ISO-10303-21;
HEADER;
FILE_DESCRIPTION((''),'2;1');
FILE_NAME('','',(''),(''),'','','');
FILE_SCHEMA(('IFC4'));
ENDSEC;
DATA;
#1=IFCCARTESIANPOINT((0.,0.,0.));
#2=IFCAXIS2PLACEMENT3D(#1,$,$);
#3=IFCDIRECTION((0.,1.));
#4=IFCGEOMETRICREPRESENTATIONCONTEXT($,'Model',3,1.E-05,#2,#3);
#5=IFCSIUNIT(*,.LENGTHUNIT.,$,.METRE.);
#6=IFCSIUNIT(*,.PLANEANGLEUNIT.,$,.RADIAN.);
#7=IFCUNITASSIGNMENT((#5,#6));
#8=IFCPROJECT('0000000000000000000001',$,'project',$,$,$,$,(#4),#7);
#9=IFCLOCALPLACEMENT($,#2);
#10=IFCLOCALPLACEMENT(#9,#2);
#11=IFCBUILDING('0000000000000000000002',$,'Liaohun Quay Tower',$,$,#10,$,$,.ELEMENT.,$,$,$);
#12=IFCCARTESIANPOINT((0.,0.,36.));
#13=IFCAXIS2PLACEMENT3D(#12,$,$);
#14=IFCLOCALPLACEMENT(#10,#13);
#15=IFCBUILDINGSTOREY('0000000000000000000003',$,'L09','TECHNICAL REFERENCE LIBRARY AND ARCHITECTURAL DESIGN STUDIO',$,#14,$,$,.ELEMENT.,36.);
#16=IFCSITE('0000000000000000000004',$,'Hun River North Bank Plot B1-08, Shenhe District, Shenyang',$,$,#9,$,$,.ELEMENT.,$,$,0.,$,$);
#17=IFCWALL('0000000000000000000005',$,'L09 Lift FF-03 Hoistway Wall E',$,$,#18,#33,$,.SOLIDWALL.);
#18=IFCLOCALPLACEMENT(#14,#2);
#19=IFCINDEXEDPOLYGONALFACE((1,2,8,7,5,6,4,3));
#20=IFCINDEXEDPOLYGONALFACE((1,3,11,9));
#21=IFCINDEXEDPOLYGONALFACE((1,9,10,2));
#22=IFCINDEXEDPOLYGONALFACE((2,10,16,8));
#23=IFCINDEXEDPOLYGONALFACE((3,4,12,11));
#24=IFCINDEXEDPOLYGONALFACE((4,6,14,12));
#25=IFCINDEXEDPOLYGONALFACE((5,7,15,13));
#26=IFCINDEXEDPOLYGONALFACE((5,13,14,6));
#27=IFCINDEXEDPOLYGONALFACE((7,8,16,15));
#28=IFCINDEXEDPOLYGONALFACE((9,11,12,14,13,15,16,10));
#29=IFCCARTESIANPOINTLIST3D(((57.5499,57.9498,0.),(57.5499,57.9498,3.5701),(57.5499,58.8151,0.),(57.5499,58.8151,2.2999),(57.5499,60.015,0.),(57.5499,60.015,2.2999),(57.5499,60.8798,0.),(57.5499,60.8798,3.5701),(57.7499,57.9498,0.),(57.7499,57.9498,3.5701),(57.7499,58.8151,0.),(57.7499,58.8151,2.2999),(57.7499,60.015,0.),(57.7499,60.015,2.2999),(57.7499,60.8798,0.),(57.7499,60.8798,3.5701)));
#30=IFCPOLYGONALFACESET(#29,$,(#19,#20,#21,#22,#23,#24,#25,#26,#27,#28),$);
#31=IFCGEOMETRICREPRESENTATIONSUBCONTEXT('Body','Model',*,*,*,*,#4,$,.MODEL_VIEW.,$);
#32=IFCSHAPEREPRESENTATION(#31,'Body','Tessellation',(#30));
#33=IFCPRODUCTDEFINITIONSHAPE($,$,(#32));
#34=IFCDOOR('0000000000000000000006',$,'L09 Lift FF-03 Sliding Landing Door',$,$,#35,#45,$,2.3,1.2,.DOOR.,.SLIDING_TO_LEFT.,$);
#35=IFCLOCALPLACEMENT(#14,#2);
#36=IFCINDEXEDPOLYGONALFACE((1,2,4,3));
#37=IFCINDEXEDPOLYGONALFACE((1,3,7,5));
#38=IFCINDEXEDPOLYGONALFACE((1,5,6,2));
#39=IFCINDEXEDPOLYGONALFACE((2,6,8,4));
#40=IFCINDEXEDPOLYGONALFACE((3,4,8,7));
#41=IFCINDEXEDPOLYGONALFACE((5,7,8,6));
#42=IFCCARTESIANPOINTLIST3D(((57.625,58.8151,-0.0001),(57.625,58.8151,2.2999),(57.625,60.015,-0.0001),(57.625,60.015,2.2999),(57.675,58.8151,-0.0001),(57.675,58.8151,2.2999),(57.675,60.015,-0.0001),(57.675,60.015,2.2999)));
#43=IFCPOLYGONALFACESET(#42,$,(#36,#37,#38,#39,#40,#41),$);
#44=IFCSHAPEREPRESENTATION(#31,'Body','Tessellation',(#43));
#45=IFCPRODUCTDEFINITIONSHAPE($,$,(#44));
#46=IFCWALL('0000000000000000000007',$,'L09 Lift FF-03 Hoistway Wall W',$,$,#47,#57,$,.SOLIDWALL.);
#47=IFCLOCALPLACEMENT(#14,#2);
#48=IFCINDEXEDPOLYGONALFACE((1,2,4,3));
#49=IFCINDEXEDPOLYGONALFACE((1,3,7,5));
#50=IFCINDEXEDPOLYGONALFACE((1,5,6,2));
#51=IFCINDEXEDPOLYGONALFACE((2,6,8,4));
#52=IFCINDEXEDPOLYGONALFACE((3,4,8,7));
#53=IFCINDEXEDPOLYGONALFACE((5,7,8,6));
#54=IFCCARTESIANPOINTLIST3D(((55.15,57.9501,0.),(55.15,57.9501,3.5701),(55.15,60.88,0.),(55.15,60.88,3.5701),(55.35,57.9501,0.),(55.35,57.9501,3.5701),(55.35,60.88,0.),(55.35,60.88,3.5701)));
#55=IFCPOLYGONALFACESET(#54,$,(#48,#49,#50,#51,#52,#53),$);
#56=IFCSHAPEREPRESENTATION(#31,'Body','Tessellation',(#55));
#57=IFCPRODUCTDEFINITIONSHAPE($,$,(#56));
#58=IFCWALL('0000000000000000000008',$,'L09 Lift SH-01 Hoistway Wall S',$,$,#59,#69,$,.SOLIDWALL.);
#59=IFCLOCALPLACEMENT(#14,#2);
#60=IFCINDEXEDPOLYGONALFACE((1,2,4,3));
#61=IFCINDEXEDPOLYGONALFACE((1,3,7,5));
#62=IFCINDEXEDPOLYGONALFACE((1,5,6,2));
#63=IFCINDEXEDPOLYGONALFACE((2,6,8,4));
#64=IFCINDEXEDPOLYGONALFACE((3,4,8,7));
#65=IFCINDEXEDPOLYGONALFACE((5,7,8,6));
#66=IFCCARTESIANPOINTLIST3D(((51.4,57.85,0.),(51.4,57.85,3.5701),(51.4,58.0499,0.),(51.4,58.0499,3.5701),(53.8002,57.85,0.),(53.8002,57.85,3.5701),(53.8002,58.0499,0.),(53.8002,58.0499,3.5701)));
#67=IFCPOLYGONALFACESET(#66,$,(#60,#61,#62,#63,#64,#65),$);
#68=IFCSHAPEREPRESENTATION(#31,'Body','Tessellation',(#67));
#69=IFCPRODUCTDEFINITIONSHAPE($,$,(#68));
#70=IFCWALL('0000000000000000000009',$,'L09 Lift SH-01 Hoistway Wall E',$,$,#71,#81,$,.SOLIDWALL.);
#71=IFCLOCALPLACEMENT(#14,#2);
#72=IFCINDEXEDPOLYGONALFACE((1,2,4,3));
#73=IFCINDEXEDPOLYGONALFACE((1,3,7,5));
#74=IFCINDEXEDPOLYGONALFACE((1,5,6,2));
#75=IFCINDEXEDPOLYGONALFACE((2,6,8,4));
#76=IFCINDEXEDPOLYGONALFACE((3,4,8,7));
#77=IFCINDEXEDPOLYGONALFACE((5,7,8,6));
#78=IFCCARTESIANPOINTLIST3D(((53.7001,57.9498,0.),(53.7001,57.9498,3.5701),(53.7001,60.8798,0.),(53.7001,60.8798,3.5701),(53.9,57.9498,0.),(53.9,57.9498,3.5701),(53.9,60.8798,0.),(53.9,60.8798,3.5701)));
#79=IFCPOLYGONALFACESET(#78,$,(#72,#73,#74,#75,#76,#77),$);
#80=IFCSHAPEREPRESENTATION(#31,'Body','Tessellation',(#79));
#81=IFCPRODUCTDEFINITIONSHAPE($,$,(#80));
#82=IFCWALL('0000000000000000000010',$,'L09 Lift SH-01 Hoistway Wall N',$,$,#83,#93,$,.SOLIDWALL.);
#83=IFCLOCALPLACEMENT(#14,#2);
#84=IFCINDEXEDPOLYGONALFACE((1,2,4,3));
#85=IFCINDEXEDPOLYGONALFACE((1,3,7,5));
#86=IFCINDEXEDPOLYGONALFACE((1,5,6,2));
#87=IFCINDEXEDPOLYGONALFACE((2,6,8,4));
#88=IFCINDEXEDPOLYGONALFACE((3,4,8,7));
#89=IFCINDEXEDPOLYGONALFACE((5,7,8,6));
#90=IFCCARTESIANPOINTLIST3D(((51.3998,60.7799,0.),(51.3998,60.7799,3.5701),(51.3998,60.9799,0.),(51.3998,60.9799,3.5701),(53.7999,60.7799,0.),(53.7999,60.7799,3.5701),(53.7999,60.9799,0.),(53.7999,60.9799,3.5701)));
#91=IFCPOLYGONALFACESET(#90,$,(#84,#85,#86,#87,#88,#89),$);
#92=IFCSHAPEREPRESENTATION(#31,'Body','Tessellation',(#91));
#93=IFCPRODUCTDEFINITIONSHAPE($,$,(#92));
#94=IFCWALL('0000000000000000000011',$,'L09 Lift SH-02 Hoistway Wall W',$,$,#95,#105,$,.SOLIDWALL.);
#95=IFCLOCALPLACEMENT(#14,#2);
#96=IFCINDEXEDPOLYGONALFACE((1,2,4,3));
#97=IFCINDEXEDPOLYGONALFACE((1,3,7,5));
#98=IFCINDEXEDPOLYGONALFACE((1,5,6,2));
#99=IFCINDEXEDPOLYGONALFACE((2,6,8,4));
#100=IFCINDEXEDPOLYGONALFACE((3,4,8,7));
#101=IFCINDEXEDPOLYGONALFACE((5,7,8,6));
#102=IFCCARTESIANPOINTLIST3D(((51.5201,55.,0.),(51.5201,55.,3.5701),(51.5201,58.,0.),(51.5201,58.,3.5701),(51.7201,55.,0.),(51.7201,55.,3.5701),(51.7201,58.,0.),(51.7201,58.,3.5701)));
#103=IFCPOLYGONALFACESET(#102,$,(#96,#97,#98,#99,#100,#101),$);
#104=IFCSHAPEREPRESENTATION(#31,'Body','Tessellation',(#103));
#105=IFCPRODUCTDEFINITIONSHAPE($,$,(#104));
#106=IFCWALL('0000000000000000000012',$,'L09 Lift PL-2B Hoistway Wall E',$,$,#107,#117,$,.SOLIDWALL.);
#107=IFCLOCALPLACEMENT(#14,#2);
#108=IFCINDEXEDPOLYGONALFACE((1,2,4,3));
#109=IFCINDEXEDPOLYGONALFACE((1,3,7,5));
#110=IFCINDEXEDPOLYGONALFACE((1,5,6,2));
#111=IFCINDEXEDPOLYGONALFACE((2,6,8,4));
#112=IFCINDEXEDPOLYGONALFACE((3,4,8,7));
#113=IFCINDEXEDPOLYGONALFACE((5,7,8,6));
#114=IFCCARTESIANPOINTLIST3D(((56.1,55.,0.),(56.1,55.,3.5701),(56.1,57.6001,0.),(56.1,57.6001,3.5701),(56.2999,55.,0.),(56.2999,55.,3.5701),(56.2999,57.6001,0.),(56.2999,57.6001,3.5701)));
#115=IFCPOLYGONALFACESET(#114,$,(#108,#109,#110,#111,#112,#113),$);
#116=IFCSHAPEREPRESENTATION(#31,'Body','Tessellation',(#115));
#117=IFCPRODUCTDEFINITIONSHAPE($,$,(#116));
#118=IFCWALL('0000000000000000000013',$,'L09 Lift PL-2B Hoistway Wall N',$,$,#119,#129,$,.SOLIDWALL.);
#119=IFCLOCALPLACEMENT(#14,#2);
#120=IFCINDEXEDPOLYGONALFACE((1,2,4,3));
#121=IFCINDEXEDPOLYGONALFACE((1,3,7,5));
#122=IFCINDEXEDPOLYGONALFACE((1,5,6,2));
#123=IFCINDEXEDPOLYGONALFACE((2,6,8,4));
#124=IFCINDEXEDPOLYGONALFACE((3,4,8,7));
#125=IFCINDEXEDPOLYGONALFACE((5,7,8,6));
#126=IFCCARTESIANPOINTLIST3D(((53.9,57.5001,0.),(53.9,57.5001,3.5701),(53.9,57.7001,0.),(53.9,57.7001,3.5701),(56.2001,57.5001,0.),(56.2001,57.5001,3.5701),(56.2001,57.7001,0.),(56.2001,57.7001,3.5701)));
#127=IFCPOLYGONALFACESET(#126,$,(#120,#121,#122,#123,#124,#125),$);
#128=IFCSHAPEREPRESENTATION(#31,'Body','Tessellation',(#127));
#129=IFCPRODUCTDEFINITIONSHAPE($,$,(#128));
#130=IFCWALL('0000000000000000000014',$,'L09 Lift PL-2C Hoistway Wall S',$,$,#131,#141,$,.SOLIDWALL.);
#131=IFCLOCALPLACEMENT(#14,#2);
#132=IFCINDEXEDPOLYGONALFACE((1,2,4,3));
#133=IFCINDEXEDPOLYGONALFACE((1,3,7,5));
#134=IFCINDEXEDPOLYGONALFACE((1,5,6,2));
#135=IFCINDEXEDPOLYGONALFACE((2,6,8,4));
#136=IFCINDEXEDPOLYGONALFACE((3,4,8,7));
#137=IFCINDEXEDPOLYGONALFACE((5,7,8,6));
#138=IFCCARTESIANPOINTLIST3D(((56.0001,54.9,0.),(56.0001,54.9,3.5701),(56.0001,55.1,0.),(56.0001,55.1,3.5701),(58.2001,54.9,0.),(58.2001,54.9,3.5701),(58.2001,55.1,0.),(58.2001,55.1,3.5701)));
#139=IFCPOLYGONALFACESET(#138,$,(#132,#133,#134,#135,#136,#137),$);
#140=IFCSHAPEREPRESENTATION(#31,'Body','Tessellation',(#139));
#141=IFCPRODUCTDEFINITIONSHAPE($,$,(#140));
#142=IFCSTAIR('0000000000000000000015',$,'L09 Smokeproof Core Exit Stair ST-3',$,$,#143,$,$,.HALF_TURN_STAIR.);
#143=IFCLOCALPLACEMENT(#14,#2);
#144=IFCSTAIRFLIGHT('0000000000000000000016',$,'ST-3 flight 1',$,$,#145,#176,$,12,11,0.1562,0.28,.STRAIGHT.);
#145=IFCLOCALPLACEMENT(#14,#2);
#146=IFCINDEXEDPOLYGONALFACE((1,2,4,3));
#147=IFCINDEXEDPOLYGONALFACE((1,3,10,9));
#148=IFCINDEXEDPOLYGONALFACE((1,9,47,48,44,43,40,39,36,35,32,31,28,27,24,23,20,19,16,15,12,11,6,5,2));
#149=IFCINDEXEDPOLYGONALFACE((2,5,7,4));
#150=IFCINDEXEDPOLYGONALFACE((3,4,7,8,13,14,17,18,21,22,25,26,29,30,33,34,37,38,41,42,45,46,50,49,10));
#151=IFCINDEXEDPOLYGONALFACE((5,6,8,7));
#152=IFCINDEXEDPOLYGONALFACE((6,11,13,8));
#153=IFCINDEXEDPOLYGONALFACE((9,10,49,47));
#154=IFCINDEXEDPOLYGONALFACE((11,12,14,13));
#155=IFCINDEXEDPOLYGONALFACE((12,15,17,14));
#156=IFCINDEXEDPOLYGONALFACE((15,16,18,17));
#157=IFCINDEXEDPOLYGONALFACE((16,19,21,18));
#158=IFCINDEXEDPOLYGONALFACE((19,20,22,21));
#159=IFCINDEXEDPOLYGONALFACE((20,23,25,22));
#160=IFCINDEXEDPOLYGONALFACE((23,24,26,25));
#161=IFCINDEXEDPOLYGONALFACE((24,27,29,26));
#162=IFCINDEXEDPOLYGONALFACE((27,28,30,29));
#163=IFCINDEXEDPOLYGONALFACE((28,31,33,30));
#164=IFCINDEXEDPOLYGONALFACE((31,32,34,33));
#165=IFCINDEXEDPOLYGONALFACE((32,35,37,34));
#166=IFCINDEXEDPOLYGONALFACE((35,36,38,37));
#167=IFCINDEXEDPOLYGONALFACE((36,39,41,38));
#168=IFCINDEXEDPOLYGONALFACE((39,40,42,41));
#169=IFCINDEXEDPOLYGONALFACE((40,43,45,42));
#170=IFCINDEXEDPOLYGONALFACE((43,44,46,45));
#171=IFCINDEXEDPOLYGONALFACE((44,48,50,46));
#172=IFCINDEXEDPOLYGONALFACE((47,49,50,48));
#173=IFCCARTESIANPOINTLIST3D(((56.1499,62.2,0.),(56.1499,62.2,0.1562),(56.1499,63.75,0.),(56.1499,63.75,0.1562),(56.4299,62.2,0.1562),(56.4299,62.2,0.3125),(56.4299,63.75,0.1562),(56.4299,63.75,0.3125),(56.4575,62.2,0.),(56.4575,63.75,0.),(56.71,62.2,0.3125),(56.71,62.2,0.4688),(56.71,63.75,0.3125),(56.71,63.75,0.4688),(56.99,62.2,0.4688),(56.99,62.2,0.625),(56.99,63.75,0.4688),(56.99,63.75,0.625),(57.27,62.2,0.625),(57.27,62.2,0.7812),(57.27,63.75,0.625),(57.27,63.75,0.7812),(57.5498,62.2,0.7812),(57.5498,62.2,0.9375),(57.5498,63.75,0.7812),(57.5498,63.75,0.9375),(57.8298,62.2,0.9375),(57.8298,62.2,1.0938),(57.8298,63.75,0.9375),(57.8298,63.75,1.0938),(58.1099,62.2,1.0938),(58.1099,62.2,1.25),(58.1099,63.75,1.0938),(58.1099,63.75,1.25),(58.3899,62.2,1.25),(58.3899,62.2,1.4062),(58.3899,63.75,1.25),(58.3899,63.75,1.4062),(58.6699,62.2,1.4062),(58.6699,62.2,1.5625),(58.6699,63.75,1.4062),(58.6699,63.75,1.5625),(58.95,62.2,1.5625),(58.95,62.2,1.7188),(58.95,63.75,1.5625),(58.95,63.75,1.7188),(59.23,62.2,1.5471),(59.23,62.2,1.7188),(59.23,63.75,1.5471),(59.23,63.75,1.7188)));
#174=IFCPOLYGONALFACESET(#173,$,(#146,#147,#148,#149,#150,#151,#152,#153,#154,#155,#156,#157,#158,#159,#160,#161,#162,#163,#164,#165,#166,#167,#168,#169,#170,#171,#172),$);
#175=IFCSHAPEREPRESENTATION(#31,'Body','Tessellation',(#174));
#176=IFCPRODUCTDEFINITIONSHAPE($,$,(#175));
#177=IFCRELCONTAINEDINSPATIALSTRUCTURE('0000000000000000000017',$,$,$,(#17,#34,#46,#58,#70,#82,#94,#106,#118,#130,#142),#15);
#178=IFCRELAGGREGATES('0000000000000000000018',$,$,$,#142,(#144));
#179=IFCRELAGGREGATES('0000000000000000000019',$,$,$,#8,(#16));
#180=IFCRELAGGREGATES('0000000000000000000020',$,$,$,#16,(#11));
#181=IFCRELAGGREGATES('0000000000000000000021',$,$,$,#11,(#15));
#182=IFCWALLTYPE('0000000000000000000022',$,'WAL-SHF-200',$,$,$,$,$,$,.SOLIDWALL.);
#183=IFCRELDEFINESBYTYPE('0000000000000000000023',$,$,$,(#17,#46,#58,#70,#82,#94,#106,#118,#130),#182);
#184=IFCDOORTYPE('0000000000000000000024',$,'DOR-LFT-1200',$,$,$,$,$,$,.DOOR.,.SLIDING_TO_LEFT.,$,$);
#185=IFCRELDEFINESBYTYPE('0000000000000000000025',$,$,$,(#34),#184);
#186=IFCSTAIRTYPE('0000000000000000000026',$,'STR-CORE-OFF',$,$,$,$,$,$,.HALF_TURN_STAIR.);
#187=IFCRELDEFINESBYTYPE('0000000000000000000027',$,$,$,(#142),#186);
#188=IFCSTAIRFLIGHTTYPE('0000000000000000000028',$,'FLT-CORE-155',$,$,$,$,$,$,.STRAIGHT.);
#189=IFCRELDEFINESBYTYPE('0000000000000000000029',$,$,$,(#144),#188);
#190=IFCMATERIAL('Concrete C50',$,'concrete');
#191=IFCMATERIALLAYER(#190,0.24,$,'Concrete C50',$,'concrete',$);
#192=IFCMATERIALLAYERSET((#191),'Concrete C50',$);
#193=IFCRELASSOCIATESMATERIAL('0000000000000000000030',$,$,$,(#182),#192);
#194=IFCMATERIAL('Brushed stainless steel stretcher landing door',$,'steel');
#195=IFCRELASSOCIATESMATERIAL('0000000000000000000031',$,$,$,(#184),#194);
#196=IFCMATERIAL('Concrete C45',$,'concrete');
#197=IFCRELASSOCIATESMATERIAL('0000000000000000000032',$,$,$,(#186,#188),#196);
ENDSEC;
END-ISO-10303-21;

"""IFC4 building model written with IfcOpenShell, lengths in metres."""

from ifc_helpers import new_model, si_unit, direction, frame, frame_2d, origin, place, context, subcontext, project, spatial, polyline, rectangle, outline, extrude, source, transform, mapped, material, layer, layer_set, type_object, element, fill, aggregate, save


model = new_model("IFC4")

# Units and contexts
model_context = context("Model", 3, precision=1e-05, world=origin(), true_north=direction((0.0, 1.0)))
body_context = subcontext(model_context, "Body", "Model", "MODEL_VIEW")
ifc_project = project(units=[si_unit("LENGTHUNIT", "METRE"), si_unit("PLANEANGLEUNIT", "RADIAN")], contexts=[model_context])

# Site, building, storey
site_placement = place(None, origin())
site = spatial("IfcSite", under=ifc_project, at=site_placement, Name="Hun River North Bank Plot B1-08, Shenhe District, Shenyang", CompositionType="ELEMENT", RefElevation=0.0)
building_placement = place(site_placement, origin())
building = spatial("IfcBuilding", under=site, at=building_placement, Name="Liaohun Quay Tower", CompositionType="ELEMENT")
storey_placement = place(building_placement, frame((0.0, 0.0, 36.0)))
storey = spatial("IfcBuildingStorey", under=building, at=storey_placement, Name="L09", Description="TECHNICAL REFERENCE LIBRARY AND ARCHITECTURAL DESIGN STUDIO", CompositionType="ELEMENT", Elevation=36.0)

# Shared definitions
ifc_material_1 = material(Name="Concrete C50", Category="concrete")
ifc_layer_1 = layer(ifc_material_1, 0.24, Name="Concrete C50", Category="concrete")
ifc_layer_set_1 = layer_set([ifc_layer_1], Name="Concrete C50")
wall_type_1 = type_object("IfcWallType", Name="WAL-SHF-200", PredefinedType="SOLIDWALL", material=ifc_layer_set_1)

# Wall, opening, door
wall_1_placement = place(storey_placement, frame((57.6499, 57.95, 0.0), z_axis=(0.0, 0.0, 1.0), x_axis=(0.0, 1.0, 0.0)))
wall_1 = element("IfcWall", 1, at=wall_1_placement, inside=storey, type_object=wall_type_1, Name="L09 Lift FF-03 Hoistway Wall E", PredefinedType="SOLIDWALL", context=body_context, shape_type="SweptSolid", body=[
    extrude(rectangle(XDim=2.9299, YDim=0.2, at=frame_2d((1.4648, 0.0))), origin(), (0.0, 0.0, 1.0), 3.5701),
])
shared_shape_1 = source(origin(), body_context, "Body", "SweptSolid", [
    extrude(rectangle(XDim=1.2, YDim=2.3, at=frame_2d((0.6001, 1.1499))), frame((0.0, 0.1099, 0.0), z_axis=(0.0, -1.0, 0.0), x_axis=(1.0, 0.0, 0.0)), (0.0, 0.0, 1.0), 0.22),
])
opening_1_placement = place(wall_1_placement, frame((0.865, 0.0, 0.0)))
opening_1 = element("IfcOpeningElement", 2, at=opening_1_placement, cuts=wall_1, PredefinedType="OPENING", context=body_context, shape_type="MappedRepresentation", body=[
    mapped(shared_shape_1, transform((0.0, 0.0, 0.0), x_axis=(1.0, 0.0, 0.0), y_axis=(0.0, 1.0, 0.0), z_axis=(0.0, 0.0, 1.0), scale=1.0)),
])
ifc_material_2 = material(Name="Brushed stainless steel stretcher landing door", Category="steel")
door_type_1 = type_object("IfcDoorType", Name="DOR-LFT-1200", OperationType="SLIDING_TO_LEFT", PredefinedType="DOOR", material=ifc_material_2)
shared_shape_2 = source(origin(), body_context, "Body", "SweptSolid", [
    extrude(rectangle(XDim=1.2, YDim=2.3, at=frame_2d((0.6001, 1.1499))), frame((0.0, 0.0249, 0.0), z_axis=(0.0, -1.0, 0.0), x_axis=(1.0, 0.0, 0.0)), (0.0, 0.0, 1.0), 0.05),
])
door_1_placement = place(opening_1_placement, origin())
door_1 = element("IfcDoor", 3, at=door_1_placement, inside=storey, type_object=door_type_1, Name="L09 Lift FF-03 Sliding Landing Door", OperationType="SLIDING_TO_LEFT", OverallHeight=2.3, OverallWidth=1.2, PredefinedType="DOOR", context=body_context, shape_type="MappedRepresentation", body=[
    mapped(shared_shape_2, transform((0.0, 0.0, 0.0), x_axis=(1.0, 0.0, 0.0), y_axis=(0.0, 1.0, 0.0), z_axis=(0.0, 0.0, 1.0), scale=1.0)),
])
fill(opening_1, door_1)

# Walls
wall_2_placement = place(storey_placement, frame((55.25, 60.8799, 0.0), z_axis=(0.0, 0.0, 1.0), x_axis=(0.0, -1.0, 0.0)))
element("IfcWall", 4, at=wall_2_placement, inside=storey, type_object=wall_type_1, Name="L09 Lift FF-03 Hoistway Wall W", PredefinedType="SOLIDWALL", context=body_context, shape_type="SweptSolid", body=[
    extrude(rectangle(XDim=2.9299, YDim=0.2, at=frame_2d((1.4648, 0.0))), origin(), (0.0, 0.0, 1.0), 3.5701),
])
wall_3_placement = place(storey_placement, frame((51.3999, 57.95, 0.0), z_axis=(0.0, 0.0, 1.0), x_axis=(1.0, 0.0, 0.0)))
element("IfcWall", 5, at=wall_3_placement, inside=storey, type_object=wall_type_1, Name="L09 Lift SH-01 Hoistway Wall S", PredefinedType="SOLIDWALL", context=body_context, shape_type="SweptSolid", body=[
    extrude(rectangle(XDim=2.4001, YDim=0.2, at=frame_2d((1.2002, 0.0))), origin(), (0.0, 0.0, 1.0), 3.5701),
])
wall_4_placement = place(storey_placement, frame((53.8, 57.95, 0.0), z_axis=(0.0, 0.0, 1.0), x_axis=(0.0, 1.0, 0.0)))
element("IfcWall", 6, at=wall_4_placement, inside=storey, type_object=wall_type_1, Name="L09 Lift SH-01 Hoistway Wall E", PredefinedType="SOLIDWALL", context=body_context, shape_type="SweptSolid", body=[
    extrude(rectangle(XDim=2.9299, YDim=0.2, at=frame_2d((1.4648, 0.0))), origin(), (0.0, 0.0, 1.0), 3.5701),
])
wall_5_placement = place(storey_placement, frame((53.8, 60.8799, 0.0), z_axis=(0.0, 0.0, 1.0), x_axis=(-1.0, 0.0, 0.0)))
element("IfcWall", 7, at=wall_5_placement, inside=storey, type_object=wall_type_1, Name="L09 Lift SH-01 Hoistway Wall N", PredefinedType="SOLIDWALL", context=body_context, shape_type="SweptSolid", body=[
    extrude(rectangle(XDim=2.4001, YDim=0.2, at=frame_2d((1.2002, 0.0))), origin(), (0.0, 0.0, 1.0), 3.5701),
])
wall_6_placement = place(storey_placement, frame((51.6201, 58.0, 0.0), z_axis=(0.0, 0.0, 1.0), x_axis=(0.0, -1.0, 0.0)))
element("IfcWall", 8, at=wall_6_placement, inside=storey, type_object=wall_type_1, Name="L09 Lift SH-02 Hoistway Wall W", PredefinedType="SOLIDWALL", context=body_context, shape_type="SweptSolid", body=[
    extrude(rectangle(XDim=3.0, YDim=0.2, at=frame_2d((1.5, 0.0))), origin(), (0.0, 0.0, 1.0), 3.5701),
])
wall_7_placement = place(storey_placement, frame((56.2, 55.0, 0.0), z_axis=(0.0, 0.0, 1.0), x_axis=(0.0, 1.0, 0.0)))
element("IfcWall", 9, at=wall_7_placement, inside=storey, type_object=wall_type_1, Name="L09 Lift PL-2B Hoistway Wall E", PredefinedType="SOLIDWALL", context=body_context, shape_type="SweptSolid", body=[
    extrude(rectangle(XDim=2.6001, YDim=0.2, at=frame_2d((1.3, 0.0))), origin(), (0.0, 0.0, 1.0), 3.5701),
])
wall_8_placement = place(storey_placement, frame((56.2, 57.6001, 0.0), z_axis=(0.0, 0.0, 1.0), x_axis=(-1.0, 0.0, 0.0)))
element("IfcWall", 10, at=wall_8_placement, inside=storey, type_object=wall_type_1, Name="L09 Lift PL-2B Hoistway Wall N", PredefinedType="SOLIDWALL", context=body_context, shape_type="SweptSolid", body=[
    extrude(rectangle(XDim=2.3, YDim=0.2, at=frame_2d((1.1499, 0.0))), origin(), (0.0, 0.0, 1.0), 3.5701),
])
wall_9_placement = place(storey_placement, frame((56.0, 55.0, 0.0), z_axis=(0.0, 0.0, 1.0), x_axis=(1.0, 0.0, 0.0)))
element("IfcWall", 11, at=wall_9_placement, inside=storey, type_object=wall_type_1, Name="L09 Lift PL-2C Hoistway Wall S", PredefinedType="SOLIDWALL", context=body_context, shape_type="SweptSolid", body=[
    extrude(rectangle(XDim=2.2, YDim=0.2, at=frame_2d((1.1001, 0.0))), origin(), (0.0, 0.0, 1.0), 3.5701),
])

# Stair, stair flight
ifc_material_3 = material(Name="Concrete C45", Category="concrete")
stair_type = type_object("IfcStairType", Name="STR-CORE-OFF", PredefinedType="HALF_TURN_STAIR", material=ifc_material_3)
stair_placement = place(storey_placement, origin())
stair = element("IfcStair", 12, at=stair_placement, inside=storey, type_object=stair_type, Name="L09 Smokeproof Core Exit Stair ST-3", PredefinedType="HALF_TURN_STAIR")
stair_flight_type = type_object("IfcStairFlightType", Name="FLT-CORE-155", PredefinedType="STRAIGHT", material=ifc_material_3)
stair_flight_placement = place(storey_placement, frame((56.1499, 62.9751, 0.0), z_axis=(0.0, 0.0, 1.0), x_axis=(1.0, 0.0, 0.0)))
stair_flight = element("IfcStairFlight", 13, at=stair_flight_placement, type_object=stair_flight_type, Name="ST-3 flight 1", NumberOfRisers=12, NumberOfTreads=11, PredefinedType="STRAIGHT", RiserHeight=0.1562, TreadLength=0.28, context=body_context, shape_type="SweptSolid", body=[
    extrude(outline(polyline([(0.0, 0.0), (0.0, 0.1562), (0.28, 0.1562), (0.28, 0.3125), (0.5601, 0.3125), (0.5601, 0.4688), (0.8401, 0.4688), (0.8401, 0.625), (1.1201, 0.625), (1.1201, 0.7812), (1.3999, 0.7812), (1.3999, 0.9375), (1.6799, 0.9375), (1.6799, 1.0938), (1.96, 1.0938), (1.96, 1.25), (2.24, 1.25), (2.24, 1.4062), (2.52, 1.4062), (2.52, 1.5625), (2.8, 1.5625), (2.8, 1.7188), (3.0801, 1.7188), (3.0801, 1.875), (3.0801, 1.5471), (0.3076, 0.0), (0.0, 0.0)])), frame((0.0, 0.7749, 0.0), z_axis=(0.0, -1.0, 0.0), x_axis=(1.0, 0.0, 0.0)), (0.0, 0.0, 1.0), 1.55),
])
aggregate(stair, [stair_flight])

save(model, "model.ifc")
